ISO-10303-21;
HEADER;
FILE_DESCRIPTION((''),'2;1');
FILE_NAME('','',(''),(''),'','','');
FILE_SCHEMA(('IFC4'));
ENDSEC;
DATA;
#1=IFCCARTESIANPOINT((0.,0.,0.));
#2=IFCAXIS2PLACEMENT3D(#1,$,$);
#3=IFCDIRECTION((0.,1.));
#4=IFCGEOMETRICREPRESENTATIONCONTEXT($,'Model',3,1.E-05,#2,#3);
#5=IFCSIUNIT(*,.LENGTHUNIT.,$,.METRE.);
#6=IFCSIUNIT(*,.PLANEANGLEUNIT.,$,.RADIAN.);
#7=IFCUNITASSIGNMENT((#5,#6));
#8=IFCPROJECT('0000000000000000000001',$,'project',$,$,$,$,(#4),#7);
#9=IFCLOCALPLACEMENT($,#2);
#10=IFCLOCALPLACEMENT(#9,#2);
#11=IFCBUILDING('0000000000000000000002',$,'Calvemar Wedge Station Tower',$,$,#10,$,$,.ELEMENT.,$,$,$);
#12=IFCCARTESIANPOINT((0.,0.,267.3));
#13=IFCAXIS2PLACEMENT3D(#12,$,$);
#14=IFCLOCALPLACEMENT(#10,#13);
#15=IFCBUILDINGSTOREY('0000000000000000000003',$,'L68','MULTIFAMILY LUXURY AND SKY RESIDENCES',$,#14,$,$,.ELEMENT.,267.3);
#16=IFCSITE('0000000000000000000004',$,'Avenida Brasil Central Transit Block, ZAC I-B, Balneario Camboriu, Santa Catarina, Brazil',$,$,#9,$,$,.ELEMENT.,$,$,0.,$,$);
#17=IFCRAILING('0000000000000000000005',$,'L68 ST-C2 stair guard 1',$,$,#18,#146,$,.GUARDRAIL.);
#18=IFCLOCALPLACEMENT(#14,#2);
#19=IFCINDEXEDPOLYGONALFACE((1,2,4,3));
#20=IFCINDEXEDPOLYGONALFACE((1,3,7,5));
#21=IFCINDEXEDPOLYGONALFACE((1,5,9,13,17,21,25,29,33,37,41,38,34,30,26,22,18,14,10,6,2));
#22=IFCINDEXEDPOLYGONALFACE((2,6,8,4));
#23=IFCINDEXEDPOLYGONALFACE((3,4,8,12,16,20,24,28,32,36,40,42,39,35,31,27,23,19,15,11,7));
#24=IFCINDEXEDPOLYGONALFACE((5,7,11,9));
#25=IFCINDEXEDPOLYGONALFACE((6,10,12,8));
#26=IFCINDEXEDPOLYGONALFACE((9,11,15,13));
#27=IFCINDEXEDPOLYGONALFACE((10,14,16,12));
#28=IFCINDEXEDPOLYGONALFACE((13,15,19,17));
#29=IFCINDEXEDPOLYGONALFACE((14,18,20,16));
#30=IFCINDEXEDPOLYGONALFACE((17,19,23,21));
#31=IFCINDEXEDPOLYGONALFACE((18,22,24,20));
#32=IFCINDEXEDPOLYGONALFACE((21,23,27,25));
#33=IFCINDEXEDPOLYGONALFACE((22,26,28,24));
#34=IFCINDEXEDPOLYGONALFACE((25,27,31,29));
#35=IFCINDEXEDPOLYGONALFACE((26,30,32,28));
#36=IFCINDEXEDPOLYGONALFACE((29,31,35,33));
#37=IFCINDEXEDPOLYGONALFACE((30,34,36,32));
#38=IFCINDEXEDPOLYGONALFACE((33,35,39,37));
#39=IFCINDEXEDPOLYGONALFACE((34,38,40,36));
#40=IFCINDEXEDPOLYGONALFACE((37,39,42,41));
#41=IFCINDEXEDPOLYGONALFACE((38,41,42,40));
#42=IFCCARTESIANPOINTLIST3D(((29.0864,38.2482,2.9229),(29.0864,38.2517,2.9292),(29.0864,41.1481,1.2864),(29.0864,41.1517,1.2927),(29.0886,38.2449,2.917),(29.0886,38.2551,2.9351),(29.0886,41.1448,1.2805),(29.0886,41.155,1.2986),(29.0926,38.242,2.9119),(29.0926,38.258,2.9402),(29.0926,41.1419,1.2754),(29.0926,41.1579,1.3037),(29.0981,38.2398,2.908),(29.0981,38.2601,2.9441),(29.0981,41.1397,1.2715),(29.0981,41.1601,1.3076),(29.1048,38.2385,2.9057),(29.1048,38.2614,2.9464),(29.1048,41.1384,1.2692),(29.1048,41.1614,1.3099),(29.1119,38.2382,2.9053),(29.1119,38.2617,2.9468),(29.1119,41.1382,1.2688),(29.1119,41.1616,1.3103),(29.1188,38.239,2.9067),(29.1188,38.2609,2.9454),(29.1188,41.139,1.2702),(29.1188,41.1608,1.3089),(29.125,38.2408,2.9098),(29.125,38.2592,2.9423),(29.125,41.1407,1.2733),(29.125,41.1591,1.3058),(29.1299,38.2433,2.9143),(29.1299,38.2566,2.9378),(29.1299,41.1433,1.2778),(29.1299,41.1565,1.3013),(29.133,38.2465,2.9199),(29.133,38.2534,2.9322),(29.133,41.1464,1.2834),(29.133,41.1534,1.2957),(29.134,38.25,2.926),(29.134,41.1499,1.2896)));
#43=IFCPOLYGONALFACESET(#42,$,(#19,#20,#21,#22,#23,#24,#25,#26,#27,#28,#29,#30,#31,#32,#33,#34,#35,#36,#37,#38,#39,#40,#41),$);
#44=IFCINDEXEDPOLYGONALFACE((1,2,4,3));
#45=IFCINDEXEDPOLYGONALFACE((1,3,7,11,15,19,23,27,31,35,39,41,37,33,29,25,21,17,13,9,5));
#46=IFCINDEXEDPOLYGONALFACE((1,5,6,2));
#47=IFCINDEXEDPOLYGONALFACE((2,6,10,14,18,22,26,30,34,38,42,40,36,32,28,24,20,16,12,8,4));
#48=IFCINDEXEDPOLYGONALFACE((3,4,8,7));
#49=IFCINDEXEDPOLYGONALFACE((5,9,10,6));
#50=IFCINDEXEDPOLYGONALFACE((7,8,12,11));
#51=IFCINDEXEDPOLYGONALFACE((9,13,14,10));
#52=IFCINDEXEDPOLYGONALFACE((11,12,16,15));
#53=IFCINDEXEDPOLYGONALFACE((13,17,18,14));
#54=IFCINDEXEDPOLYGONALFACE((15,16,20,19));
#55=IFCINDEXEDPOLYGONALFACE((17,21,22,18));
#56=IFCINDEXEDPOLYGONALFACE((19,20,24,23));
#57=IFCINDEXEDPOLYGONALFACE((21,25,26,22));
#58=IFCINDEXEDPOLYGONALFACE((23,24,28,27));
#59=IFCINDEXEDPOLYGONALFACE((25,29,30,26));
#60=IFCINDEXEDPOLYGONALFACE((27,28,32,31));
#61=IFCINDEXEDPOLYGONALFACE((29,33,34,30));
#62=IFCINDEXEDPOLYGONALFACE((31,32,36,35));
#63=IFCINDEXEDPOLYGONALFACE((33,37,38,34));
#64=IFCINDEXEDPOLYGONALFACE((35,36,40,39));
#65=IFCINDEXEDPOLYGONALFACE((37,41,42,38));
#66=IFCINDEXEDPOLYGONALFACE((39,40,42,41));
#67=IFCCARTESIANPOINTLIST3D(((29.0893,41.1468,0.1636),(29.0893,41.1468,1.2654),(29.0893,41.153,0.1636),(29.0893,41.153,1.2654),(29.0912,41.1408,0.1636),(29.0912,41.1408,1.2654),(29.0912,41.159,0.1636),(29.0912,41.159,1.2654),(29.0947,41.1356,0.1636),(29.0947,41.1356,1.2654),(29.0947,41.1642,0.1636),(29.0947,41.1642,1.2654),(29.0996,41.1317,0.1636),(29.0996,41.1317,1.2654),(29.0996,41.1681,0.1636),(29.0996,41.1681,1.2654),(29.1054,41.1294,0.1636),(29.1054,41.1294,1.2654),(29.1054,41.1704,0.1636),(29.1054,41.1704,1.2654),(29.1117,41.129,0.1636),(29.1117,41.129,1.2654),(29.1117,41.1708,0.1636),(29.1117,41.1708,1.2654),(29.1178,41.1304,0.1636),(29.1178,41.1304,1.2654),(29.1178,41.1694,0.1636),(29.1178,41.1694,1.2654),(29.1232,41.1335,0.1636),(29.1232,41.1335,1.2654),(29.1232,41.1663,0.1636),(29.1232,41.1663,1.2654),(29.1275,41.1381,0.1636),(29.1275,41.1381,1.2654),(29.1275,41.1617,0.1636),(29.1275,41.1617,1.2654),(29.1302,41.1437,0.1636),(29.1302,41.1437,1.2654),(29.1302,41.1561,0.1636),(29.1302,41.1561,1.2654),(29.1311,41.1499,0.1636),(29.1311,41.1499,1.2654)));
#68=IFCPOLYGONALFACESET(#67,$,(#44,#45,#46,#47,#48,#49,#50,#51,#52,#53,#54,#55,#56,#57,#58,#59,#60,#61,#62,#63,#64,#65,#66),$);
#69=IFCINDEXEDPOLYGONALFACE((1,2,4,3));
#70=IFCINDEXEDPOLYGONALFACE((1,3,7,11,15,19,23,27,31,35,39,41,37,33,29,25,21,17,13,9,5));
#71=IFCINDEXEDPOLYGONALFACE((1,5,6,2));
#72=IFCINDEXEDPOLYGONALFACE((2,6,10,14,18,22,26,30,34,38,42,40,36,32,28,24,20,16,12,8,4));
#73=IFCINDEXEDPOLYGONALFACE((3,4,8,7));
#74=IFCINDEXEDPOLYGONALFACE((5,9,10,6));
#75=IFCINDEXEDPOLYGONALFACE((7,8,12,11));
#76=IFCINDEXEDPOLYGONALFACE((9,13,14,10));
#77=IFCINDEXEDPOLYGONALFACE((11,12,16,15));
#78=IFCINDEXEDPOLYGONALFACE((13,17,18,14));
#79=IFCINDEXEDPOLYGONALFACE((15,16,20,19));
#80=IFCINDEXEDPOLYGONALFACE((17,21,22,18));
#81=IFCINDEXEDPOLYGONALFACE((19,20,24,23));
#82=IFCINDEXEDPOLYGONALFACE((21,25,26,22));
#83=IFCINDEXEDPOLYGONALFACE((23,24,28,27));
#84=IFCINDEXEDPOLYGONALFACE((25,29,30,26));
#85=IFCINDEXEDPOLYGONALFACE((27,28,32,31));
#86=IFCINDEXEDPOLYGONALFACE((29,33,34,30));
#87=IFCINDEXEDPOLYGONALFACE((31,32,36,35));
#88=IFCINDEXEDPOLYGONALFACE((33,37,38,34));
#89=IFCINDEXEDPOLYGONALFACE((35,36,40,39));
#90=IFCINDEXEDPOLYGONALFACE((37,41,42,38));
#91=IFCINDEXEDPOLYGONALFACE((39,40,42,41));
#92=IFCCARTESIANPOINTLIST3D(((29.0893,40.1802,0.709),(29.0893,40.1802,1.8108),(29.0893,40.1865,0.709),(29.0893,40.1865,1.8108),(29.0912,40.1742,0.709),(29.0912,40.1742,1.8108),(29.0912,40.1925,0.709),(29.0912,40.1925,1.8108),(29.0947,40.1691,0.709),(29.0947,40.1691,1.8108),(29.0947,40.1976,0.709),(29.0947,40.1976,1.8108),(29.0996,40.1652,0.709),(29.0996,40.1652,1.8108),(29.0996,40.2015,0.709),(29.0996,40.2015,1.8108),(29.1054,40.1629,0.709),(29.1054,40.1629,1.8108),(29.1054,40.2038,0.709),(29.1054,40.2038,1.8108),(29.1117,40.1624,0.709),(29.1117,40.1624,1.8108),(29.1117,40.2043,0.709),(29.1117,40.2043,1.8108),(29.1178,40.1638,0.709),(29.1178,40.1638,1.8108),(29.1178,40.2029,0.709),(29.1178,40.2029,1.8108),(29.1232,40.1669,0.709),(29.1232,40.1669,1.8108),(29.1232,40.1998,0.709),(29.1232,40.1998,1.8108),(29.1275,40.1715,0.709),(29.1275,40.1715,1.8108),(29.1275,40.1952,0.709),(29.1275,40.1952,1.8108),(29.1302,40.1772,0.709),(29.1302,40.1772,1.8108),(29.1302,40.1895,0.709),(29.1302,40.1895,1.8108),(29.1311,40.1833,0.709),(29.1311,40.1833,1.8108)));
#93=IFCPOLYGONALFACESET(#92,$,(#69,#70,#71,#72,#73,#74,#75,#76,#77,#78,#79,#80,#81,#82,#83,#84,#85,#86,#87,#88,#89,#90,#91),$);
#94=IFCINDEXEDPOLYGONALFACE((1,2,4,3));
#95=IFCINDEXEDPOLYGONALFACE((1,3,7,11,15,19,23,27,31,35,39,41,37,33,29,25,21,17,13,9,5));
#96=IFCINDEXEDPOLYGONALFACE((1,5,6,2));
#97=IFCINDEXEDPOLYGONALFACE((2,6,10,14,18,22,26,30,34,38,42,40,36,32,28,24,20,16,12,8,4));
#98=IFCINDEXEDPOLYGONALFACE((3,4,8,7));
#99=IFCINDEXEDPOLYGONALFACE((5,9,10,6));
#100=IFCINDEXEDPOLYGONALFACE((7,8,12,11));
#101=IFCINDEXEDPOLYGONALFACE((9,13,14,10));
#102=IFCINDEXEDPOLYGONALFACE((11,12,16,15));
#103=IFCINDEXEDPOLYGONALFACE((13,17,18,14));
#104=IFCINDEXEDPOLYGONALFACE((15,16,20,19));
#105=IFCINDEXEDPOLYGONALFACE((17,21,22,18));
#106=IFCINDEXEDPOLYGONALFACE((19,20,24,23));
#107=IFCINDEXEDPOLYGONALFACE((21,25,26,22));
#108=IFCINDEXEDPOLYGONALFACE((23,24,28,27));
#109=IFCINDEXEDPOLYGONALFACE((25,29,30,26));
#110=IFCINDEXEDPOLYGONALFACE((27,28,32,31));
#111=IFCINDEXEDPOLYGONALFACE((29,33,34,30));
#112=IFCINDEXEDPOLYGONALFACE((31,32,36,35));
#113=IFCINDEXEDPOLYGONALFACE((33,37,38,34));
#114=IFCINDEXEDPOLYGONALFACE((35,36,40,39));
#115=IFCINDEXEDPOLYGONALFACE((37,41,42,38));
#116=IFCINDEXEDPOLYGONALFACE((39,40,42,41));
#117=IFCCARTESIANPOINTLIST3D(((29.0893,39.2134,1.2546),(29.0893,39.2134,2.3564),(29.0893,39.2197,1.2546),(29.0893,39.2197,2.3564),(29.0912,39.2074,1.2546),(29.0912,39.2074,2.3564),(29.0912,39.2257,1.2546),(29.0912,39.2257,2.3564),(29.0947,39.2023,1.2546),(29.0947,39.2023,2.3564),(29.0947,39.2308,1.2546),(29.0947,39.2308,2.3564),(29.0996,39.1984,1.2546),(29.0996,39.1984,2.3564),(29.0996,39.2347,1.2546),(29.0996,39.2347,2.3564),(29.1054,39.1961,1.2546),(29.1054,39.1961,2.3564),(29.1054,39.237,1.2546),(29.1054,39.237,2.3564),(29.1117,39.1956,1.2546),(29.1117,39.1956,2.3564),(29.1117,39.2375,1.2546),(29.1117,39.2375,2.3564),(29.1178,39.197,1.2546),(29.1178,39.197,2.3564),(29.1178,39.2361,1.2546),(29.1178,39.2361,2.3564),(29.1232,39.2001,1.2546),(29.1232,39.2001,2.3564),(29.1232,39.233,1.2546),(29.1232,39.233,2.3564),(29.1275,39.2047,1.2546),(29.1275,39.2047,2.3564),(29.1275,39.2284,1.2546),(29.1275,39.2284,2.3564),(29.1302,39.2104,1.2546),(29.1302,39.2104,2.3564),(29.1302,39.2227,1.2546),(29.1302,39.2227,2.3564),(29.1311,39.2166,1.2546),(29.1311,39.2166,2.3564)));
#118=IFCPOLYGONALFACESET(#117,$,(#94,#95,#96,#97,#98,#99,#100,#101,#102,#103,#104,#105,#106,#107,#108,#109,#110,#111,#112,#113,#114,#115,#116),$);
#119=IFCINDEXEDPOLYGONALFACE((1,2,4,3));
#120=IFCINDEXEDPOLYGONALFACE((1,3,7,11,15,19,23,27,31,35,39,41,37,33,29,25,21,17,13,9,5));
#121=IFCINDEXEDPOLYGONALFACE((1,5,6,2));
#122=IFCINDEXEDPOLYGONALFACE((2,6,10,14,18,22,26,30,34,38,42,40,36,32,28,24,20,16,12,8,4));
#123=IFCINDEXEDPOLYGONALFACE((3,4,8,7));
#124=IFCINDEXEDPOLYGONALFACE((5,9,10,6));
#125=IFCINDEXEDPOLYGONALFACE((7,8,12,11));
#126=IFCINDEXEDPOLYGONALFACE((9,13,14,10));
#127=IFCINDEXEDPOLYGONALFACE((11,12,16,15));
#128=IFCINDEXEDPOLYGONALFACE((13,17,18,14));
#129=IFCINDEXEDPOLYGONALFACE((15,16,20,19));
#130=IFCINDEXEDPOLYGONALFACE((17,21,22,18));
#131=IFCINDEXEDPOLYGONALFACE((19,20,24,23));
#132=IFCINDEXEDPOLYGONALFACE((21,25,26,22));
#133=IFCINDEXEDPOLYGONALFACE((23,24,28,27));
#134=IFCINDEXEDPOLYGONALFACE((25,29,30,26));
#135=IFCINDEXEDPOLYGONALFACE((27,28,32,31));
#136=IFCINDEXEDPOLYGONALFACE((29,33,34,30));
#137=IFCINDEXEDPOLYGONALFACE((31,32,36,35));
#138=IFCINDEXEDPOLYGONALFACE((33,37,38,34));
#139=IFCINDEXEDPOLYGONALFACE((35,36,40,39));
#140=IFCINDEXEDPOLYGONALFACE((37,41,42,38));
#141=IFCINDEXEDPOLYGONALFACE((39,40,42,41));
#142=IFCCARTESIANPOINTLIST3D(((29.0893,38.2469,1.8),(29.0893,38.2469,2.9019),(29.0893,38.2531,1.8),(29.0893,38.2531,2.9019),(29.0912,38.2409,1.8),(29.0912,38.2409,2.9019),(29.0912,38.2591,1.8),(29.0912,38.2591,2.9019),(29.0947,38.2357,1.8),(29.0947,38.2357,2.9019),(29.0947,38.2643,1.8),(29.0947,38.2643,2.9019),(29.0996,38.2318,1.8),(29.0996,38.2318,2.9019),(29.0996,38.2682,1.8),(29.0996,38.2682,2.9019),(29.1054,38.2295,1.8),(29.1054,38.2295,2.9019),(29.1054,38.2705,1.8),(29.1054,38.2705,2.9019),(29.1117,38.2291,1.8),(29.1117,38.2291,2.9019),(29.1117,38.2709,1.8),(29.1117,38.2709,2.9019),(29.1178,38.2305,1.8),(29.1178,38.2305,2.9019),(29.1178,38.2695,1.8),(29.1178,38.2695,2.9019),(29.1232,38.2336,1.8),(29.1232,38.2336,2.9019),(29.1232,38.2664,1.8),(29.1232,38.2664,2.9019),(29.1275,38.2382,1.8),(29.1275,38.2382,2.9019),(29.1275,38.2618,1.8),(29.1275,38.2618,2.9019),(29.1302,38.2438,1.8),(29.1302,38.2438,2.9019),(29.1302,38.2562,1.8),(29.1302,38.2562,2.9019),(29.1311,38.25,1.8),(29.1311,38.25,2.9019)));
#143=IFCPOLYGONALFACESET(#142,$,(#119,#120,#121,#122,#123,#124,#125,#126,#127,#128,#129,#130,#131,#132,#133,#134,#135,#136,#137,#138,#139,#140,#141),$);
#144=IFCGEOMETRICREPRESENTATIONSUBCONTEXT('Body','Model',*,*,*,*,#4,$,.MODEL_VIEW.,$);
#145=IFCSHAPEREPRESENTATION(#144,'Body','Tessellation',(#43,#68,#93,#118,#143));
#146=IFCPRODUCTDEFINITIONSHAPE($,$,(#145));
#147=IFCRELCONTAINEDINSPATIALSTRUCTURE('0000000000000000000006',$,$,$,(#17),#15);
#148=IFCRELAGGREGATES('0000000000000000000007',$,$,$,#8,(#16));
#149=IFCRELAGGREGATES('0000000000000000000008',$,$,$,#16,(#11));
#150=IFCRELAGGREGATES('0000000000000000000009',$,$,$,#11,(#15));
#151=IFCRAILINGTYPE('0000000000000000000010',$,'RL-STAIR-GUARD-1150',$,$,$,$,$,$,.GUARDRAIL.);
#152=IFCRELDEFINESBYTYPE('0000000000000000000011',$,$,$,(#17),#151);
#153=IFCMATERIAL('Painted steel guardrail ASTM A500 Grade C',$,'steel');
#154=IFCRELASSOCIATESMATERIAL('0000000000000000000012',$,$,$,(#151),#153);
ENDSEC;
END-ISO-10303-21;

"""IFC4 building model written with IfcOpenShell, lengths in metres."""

from ifc_helpers import new_model, si_unit, direction, frame, origin, origin_2d, place, context, subcontext, project, spatial, circle, extrude, material, type_object, element, save


model = new_model("IFC4")

# Units and contexts
model_context = context("Model", 3, precision=1e-05, world=origin(), true_north=direction((0.0, 1.0)))
body_context = subcontext(model_context, "Body", "Model", "MODEL_VIEW")
ifc_project = project(units=[si_unit("LENGTHUNIT", "METRE"), si_unit("PLANEANGLEUNIT", "RADIAN")], contexts=[model_context])

# Site, building, storey
site_placement = place(None, origin())
site = spatial("IfcSite", under=ifc_project, at=site_placement, Name="Avenida Brasil Central Transit Block, ZAC I-B, Balneario Camboriu, Santa Catarina, Brazil", CompositionType="ELEMENT", RefElevation=0.0)
building_placement = place(site_placement, origin())
building = spatial("IfcBuilding", under=site, at=building_placement, Name="Calvemar Wedge Station Tower", CompositionType="ELEMENT")
storey_placement = place(building_placement, frame((0.0, 0.0, 267.3)))
storey = spatial("IfcBuildingStorey", under=building, at=storey_placement, Name="L68", Description="MULTIFAMILY LUXURY AND SKY RESIDENCES", CompositionType="ELEMENT", Elevation=267.3)

# Railing
ifc_material_1 = material(Name="Painted steel guardrail ASTM A500 Grade C", Category="steel")
railing_type_1 = type_object("IfcRailingType", Name="RL-STAIR-GUARD-1150", PredefinedType="GUARDRAIL", material=ifc_material_1)
railing_1_placement = place(storey_placement, frame((29.1101, 41.1499, 0.1636)))
element("IfcRailing", 1, at=railing_1_placement, inside=storey, type_object=railing_type_1, Name="L68 ST-C2 stair guard 1", PredefinedType="GUARDRAIL", context=body_context, shape_type="SweptSolid", body=[
    extrude(circle(Radius=0.0239, at=origin_2d()), frame((0.0, 0.0, 1.126), z_axis=(0.0, -0.870897, 0.491465), x_axis=(1.0, 0.0, 0.0)), (0.0, 0.0, 1.0), 3.3298),
    extrude(circle(Radius=0.021, at=origin_2d()), origin(), (0.0, 0.0, 1.0), 1.1018),
    extrude(circle(Radius=0.021, at=origin_2d()), frame((0.0, -0.9666, 0.5454)), (0.0, 0.0, 1.0), 1.1018),
    extrude(circle(Radius=0.021, at=origin_2d()), frame((0.0, -1.9333, 1.0911)), (0.0, 0.0, 1.0), 1.1018),
    extrude(circle(Radius=0.021, at=origin_2d()), frame((0.0, -2.8999, 1.6365)), (0.0, 0.0, 1.0), 1.1018),
])

save(model, "model.ifc")
